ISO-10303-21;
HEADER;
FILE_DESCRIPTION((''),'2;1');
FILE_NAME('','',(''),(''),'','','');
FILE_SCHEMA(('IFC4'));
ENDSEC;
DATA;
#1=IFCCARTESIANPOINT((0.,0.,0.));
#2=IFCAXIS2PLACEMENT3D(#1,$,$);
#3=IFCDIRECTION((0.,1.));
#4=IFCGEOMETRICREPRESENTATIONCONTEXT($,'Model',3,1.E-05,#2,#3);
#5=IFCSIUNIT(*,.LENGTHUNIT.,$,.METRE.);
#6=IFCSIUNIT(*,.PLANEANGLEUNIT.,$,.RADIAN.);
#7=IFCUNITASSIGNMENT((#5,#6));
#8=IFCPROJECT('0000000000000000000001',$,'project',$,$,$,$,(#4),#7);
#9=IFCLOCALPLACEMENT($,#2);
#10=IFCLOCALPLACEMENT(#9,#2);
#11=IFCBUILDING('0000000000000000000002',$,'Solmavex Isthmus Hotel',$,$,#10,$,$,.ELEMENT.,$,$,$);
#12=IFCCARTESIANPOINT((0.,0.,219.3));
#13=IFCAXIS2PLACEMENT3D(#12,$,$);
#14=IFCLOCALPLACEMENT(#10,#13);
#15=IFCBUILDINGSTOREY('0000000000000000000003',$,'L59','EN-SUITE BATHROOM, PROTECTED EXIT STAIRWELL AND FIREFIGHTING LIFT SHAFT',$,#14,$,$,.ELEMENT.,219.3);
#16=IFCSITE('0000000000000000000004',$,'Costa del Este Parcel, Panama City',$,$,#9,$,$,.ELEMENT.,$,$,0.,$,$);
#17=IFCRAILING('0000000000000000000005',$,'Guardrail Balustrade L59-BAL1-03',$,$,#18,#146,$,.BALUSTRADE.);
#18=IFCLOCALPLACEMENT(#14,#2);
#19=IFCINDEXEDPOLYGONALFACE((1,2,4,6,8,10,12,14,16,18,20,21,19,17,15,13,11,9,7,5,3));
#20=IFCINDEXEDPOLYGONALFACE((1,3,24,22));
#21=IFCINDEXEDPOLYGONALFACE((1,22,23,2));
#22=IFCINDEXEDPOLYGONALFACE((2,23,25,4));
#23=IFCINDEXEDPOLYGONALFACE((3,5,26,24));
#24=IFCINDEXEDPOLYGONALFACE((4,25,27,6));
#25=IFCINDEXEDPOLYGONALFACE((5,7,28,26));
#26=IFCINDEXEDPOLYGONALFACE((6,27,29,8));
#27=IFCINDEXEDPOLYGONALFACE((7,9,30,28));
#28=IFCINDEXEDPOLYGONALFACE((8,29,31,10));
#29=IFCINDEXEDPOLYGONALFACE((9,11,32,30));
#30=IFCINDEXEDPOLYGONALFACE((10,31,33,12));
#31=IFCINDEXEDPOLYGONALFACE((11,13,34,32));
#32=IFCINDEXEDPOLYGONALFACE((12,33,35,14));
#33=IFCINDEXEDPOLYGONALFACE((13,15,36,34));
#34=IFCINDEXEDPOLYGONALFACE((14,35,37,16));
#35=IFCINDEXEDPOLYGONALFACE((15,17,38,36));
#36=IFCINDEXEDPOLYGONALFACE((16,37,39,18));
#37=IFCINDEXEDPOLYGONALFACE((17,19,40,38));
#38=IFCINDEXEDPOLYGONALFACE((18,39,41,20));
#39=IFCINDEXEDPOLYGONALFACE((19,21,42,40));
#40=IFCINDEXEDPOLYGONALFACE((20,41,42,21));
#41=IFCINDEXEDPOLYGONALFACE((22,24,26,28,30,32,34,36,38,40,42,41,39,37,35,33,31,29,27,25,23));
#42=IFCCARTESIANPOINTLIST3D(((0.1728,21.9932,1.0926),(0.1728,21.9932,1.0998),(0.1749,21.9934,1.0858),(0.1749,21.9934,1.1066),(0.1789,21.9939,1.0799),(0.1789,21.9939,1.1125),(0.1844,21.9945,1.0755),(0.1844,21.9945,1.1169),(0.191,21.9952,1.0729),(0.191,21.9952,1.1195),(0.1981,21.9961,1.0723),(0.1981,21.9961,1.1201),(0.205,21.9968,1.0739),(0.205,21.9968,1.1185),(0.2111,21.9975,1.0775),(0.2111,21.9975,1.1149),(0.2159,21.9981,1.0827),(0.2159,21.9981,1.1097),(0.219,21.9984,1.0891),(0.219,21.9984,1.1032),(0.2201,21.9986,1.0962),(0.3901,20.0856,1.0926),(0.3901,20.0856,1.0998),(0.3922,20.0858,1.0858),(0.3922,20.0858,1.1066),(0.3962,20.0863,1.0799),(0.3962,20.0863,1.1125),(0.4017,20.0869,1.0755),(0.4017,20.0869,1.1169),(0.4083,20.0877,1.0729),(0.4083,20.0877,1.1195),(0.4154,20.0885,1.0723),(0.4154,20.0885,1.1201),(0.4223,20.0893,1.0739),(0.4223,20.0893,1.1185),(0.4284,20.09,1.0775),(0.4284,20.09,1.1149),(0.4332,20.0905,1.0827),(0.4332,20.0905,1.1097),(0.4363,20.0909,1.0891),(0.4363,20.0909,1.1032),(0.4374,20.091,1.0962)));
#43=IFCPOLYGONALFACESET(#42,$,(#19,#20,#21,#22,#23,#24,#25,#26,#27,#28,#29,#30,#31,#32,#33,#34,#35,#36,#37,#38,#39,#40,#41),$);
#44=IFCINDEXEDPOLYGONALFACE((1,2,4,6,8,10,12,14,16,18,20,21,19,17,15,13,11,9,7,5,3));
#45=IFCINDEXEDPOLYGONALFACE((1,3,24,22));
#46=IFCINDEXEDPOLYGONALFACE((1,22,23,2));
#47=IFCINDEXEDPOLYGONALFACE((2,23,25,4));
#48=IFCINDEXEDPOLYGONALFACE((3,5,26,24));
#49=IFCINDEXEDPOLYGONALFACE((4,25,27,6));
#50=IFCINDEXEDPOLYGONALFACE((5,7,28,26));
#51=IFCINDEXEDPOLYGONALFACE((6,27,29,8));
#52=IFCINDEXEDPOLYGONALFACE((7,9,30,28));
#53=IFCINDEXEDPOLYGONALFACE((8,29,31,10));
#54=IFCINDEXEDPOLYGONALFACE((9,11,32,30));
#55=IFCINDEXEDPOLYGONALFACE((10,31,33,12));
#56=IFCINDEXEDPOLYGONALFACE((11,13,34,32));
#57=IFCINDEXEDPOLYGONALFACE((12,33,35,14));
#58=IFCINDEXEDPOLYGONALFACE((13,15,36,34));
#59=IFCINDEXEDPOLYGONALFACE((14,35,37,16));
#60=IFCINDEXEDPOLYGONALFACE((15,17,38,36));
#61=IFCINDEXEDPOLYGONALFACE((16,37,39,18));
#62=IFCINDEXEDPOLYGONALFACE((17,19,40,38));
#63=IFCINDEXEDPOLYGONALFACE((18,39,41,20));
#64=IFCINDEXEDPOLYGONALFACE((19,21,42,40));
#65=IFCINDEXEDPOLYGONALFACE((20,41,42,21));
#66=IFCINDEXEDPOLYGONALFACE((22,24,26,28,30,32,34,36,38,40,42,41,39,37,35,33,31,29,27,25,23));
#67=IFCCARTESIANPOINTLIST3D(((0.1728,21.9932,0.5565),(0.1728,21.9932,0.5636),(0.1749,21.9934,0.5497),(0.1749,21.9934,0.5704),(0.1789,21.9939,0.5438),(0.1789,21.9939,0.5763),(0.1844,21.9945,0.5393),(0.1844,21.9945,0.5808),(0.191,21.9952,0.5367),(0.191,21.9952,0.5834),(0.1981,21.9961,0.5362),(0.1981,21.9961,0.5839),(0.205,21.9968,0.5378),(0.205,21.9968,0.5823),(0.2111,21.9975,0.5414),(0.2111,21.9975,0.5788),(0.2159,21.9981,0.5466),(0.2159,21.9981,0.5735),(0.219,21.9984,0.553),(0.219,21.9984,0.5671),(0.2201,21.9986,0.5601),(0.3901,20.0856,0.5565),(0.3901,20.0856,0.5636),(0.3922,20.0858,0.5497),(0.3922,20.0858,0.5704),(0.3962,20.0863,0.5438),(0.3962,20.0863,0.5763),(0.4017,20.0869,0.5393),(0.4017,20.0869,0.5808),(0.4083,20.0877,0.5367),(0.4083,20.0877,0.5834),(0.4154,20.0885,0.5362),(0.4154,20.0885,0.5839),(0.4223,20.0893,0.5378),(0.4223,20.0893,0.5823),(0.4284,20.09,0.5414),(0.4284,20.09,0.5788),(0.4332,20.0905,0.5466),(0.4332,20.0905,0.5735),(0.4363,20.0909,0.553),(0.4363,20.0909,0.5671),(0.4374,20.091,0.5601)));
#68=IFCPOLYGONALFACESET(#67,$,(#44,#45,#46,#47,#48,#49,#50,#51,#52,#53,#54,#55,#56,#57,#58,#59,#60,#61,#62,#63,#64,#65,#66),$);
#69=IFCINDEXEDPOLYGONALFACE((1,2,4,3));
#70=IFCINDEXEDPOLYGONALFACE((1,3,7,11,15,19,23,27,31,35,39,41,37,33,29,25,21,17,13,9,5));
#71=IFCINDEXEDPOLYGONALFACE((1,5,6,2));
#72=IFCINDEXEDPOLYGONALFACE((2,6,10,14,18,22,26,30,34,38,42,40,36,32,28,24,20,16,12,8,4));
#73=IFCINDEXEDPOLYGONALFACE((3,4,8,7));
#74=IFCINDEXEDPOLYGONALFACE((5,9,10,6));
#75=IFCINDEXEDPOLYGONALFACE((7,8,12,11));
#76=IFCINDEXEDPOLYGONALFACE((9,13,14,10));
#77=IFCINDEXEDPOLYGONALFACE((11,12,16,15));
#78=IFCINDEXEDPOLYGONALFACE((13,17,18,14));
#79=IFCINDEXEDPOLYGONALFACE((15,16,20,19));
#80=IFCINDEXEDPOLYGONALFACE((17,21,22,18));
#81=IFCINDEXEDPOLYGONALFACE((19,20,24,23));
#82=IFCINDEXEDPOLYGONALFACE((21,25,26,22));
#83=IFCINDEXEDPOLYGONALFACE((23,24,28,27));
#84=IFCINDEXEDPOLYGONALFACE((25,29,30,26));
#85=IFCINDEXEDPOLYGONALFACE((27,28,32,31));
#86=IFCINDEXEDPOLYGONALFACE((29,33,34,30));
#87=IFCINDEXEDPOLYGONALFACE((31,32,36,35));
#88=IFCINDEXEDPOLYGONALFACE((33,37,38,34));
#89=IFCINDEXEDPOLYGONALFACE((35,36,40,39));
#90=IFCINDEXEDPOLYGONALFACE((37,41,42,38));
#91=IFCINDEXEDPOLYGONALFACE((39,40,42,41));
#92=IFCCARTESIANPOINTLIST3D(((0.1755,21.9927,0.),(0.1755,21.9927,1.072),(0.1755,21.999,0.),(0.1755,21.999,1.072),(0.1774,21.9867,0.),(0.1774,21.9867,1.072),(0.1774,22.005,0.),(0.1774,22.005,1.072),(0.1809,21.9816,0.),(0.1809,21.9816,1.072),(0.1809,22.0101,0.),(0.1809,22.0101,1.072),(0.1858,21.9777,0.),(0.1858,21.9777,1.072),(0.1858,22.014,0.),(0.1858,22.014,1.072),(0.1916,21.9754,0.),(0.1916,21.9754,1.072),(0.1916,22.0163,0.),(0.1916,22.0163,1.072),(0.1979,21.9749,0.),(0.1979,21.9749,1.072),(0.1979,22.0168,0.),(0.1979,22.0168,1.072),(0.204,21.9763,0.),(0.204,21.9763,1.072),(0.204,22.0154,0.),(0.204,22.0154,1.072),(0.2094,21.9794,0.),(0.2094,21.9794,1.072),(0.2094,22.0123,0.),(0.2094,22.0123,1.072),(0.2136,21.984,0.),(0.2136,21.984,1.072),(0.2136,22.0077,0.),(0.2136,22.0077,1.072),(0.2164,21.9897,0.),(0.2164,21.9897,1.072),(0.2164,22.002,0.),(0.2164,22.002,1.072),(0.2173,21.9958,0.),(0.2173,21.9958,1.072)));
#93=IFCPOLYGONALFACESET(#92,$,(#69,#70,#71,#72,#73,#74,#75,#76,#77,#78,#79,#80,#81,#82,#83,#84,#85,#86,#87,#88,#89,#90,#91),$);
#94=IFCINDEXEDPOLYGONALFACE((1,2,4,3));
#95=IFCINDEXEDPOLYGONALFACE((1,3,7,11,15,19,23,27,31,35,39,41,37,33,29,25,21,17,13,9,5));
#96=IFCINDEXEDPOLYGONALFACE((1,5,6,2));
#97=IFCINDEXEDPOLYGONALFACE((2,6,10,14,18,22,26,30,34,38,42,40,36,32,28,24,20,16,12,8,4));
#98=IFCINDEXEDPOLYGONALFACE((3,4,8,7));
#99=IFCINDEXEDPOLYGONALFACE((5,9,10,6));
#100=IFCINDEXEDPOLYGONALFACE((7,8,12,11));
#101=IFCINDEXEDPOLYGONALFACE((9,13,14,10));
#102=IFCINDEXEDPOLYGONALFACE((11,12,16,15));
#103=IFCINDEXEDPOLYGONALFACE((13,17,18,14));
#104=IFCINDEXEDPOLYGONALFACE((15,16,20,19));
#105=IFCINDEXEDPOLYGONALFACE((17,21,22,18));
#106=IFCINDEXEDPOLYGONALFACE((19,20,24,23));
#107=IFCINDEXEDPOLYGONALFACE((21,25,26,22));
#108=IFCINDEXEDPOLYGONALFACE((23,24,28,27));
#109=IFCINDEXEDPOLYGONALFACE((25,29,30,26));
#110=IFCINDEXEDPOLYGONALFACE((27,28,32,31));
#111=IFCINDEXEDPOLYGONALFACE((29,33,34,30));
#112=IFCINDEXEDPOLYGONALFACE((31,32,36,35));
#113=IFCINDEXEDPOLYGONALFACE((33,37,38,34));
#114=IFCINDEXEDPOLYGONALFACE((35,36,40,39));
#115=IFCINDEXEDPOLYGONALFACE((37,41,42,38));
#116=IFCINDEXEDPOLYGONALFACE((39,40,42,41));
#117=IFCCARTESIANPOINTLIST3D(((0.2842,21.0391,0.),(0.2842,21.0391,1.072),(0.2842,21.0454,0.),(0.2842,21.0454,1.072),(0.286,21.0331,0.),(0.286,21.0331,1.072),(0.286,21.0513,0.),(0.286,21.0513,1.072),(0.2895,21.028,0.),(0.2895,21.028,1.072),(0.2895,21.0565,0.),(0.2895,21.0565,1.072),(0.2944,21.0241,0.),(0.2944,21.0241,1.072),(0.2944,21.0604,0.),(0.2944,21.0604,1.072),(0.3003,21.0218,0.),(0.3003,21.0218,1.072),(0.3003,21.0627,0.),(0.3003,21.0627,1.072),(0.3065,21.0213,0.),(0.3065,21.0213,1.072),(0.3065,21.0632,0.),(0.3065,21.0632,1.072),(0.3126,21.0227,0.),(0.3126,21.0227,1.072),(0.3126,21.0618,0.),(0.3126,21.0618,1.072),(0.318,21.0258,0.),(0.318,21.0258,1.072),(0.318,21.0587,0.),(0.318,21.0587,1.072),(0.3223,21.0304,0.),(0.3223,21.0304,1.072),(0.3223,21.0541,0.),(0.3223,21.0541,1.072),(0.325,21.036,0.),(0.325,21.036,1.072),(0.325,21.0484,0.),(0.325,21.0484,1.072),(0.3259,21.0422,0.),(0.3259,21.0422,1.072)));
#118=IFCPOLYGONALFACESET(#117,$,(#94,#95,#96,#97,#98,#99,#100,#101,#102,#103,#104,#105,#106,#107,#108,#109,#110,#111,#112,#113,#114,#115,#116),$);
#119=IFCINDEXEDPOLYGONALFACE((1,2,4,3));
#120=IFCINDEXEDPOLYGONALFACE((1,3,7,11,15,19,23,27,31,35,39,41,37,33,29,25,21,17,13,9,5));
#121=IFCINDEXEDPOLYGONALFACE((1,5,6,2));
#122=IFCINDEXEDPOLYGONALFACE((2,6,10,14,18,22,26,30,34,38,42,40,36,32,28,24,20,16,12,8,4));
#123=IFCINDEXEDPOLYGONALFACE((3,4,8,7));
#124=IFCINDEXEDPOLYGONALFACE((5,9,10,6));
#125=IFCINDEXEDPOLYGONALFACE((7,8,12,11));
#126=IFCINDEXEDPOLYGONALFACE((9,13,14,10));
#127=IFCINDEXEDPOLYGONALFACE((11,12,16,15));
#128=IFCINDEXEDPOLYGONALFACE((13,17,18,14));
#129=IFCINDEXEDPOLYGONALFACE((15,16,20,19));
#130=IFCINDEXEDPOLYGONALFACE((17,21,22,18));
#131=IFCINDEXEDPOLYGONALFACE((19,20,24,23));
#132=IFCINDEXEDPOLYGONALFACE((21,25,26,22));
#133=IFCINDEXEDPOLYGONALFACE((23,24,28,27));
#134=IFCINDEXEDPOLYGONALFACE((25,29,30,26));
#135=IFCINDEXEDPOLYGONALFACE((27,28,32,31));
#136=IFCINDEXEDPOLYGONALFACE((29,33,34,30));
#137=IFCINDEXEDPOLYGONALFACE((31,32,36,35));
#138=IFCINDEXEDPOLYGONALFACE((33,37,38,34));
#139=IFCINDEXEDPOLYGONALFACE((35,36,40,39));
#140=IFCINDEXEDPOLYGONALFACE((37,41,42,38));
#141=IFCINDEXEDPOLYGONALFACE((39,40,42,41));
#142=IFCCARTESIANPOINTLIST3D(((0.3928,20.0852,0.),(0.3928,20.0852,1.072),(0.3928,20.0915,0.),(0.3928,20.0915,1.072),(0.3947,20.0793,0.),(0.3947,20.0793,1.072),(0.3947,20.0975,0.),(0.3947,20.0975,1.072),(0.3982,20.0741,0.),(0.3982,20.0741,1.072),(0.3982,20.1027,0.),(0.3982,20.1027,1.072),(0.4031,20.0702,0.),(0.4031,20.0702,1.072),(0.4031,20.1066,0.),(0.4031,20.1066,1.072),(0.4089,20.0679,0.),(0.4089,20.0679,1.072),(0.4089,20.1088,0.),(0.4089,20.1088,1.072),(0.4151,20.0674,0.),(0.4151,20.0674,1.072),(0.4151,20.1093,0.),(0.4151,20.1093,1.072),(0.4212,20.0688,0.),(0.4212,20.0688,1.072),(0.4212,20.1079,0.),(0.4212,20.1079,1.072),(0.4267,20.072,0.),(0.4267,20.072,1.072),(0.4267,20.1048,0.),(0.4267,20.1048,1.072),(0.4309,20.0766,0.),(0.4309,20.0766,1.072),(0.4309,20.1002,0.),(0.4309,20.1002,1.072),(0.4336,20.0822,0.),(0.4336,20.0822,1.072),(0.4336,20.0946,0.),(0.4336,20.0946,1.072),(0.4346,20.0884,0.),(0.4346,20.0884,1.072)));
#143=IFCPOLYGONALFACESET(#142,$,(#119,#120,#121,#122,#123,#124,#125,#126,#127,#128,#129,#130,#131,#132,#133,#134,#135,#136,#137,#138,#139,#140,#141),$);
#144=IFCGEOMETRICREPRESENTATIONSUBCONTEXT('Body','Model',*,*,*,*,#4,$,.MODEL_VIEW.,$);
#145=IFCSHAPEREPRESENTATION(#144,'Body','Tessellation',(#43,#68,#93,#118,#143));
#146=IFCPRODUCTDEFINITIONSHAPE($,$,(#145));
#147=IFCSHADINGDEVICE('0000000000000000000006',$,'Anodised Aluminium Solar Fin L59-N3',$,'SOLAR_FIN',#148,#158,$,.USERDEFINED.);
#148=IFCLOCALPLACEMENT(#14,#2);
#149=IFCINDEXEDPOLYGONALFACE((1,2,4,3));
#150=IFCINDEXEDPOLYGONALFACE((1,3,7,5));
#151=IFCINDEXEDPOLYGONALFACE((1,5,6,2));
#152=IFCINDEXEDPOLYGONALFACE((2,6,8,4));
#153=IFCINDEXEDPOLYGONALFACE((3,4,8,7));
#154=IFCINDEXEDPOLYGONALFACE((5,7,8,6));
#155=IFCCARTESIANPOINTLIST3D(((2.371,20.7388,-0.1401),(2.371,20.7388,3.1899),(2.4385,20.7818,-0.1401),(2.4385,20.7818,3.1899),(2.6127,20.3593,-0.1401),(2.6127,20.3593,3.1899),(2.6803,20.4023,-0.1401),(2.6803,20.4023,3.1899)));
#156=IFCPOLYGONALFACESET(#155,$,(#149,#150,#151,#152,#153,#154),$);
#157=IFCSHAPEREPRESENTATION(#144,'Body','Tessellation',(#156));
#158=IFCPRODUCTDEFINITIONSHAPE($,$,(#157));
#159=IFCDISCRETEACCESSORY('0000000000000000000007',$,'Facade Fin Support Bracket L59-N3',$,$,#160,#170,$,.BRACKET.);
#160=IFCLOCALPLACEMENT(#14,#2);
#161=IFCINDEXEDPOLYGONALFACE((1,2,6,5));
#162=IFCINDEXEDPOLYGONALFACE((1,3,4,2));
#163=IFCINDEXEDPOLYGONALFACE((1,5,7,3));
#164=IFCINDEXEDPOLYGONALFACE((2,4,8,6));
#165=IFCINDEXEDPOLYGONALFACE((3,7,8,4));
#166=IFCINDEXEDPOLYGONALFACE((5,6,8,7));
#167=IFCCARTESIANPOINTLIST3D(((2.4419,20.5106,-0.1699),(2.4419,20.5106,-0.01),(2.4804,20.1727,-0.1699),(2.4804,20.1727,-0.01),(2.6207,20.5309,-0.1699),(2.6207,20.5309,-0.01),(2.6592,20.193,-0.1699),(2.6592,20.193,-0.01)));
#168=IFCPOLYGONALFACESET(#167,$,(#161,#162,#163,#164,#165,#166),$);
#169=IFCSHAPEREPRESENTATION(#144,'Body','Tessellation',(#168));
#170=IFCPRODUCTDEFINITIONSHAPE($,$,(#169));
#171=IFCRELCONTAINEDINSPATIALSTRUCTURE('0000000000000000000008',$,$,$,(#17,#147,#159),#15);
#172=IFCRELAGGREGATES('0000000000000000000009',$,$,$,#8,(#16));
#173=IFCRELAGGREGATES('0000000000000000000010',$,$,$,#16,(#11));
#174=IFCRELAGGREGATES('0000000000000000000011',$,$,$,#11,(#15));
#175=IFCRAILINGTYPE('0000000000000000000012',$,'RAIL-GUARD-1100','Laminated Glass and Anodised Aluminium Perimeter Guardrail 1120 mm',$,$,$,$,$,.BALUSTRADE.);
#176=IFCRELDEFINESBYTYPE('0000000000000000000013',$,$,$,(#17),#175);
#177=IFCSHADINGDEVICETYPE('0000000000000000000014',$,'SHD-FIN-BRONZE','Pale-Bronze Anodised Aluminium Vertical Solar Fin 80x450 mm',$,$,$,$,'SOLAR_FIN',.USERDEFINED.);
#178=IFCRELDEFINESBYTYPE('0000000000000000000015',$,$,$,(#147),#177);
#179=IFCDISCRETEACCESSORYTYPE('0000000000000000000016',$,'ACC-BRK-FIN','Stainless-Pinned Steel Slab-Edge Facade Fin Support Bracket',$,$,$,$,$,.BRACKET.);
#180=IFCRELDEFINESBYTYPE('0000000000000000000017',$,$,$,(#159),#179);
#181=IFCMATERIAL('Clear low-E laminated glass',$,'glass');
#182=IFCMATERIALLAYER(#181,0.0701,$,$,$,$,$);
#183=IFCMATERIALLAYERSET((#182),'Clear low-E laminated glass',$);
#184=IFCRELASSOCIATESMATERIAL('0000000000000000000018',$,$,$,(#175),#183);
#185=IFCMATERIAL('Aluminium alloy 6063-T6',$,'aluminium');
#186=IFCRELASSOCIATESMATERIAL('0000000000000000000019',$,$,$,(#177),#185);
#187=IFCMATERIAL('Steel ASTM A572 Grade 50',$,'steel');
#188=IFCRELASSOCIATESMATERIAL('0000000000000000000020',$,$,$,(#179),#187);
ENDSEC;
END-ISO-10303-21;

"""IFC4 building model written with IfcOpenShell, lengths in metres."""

from ifc_helpers import new_model, si_unit, direction, frame, origin, origin_2d, place, context, subcontext, project, spatial, rectangle, circle, extrude, material, layer, layer_set, type_object, element, save


model = new_model("IFC4")

# Units and contexts
model_context = context("Model", 3, precision=1e-05, world=origin(), true_north=direction((0.0, 1.0)))
body_context = subcontext(model_context, "Body", "Model", "MODEL_VIEW")
ifc_project = project(units=[si_unit("LENGTHUNIT", "METRE"), si_unit("PLANEANGLEUNIT", "RADIAN")], contexts=[model_context])

# Site, building, storey
site_placement = place(None, origin())
site = spatial("IfcSite", under=ifc_project, at=site_placement, Name="Costa del Este Parcel, Panama City", CompositionType="ELEMENT", RefElevation=0.0)
building_placement = place(site_placement, origin())
building = spatial("IfcBuilding", under=site, at=building_placement, Name="Solmavex Isthmus Hotel", CompositionType="ELEMENT")
storey_placement = place(building_placement, frame((0.0, 0.0, 219.3)))
storey = spatial("IfcBuildingStorey", under=building, at=storey_placement, Name="L59", Description="EN-SUITE BATHROOM, PROTECTED EXIT STAIRWELL AND FIREFIGHTING LIFT SHAFT", CompositionType="ELEMENT", Elevation=219.3)

# Shared definitions
ifc_material_1 = material(Name="Aluminium alloy 6063-T6", Category="aluminium")
ifc_material_2 = material(Name="Clear low-E laminated glass", Category="glass")

# Railing
ifc_layer_1 = layer(ifc_material_2, 0.0701)
ifc_layer_set_1 = layer_set([ifc_layer_1], Name="Clear low-E laminated glass")
railing_type = type_object("IfcRailingType", Name="RAIL-GUARD-1100", Description="Laminated Glass and Anodised Aluminium Perimeter Guardrail 1120 mm", PredefinedType="BALUSTRADE", material=ifc_layer_set_1)
railing_placement = place(storey_placement, frame((0.1963, 21.9958, 0.0)))
element("IfcRailing", 1, at=railing_placement, inside=storey, type_object=railing_type, Name="Guardrail Balustrade L59-BAL1-03", PredefinedType="BALUSTRADE", context=body_context, shape_type="SweptSolid", body=[
    extrude(circle(Radius=0.0239, at=origin_2d()), frame((0.0, 0.0, 1.0962), z_axis=(0.113181, -0.993574, 0.0), x_axis=(0.993574, 0.113181, 0.0)), (0.0, 0.0, 1.0), 1.9199),
    extrude(circle(Radius=0.0239, at=origin_2d()), frame((0.0, 0.0, 0.5601), z_axis=(0.113181, -0.993574, 0.0), x_axis=(0.993574, 0.113181, 0.0)), (0.0, 0.0, 1.0), 1.9199),
    extrude(circle(Radius=0.021, at=origin_2d()), origin(), (0.0, 0.0, 1.0), 1.072),
    extrude(circle(Radius=0.021, at=origin_2d()), frame((0.1086, -0.9536, 0.0)), (0.0, 0.0, 1.0), 1.072),
    extrude(circle(Radius=0.021, at=origin_2d()), frame((0.2173, -1.9075, 0.0)), (0.0, 0.0, 1.0), 1.072),
])

# Shading device
shading_device_type = type_object("IfcShadingDeviceType", Name="SHD-FIN-BRONZE", Description="Pale-Bronze Anodised Aluminium Vertical Solar Fin 80x450 mm", ElementType="SOLAR_FIN", PredefinedType="USERDEFINED", material=ifc_material_1)
shading_device_placement = place(storey_placement, frame((2.5256, 20.5706, -0.1401), z_axis=(0.0, 0.0, 1.0), x_axis=(-0.5373, 0.843391, 0.0)))
element("IfcShadingDevice", 2, at=shading_device_placement, inside=storey, type_object=shading_device_type, Name="Anodised Aluminium Solar Fin L59-N3", ObjectType="SOLAR_FIN", PredefinedType="USERDEFINED", context=body_context, shape_type="SweptSolid", body=[
    extrude(rectangle(XDim=0.45, YDim=0.0801, at=origin_2d()), origin(), (0.0, 0.0, 1.0), 3.3301),
])

# Discrete accessory
ifc_material_3 = material(Name="Steel ASTM A572 Grade 50", Category="steel")
discrete_accessory_type = type_object("IfcDiscreteAccessoryType", Name="ACC-BRK-FIN", Description="Stainless-Pinned Steel Slab-Edge Facade Fin Support Bracket", PredefinedType="BRACKET", material=ifc_material_3)
discrete_accessory_placement = place(storey_placement, frame((2.5505, 20.3518, -0.1699), z_axis=(0.0, 0.0, 1.0), x_axis=(-0.113203, 0.993572, 0.0)))
element("IfcDiscreteAccessory", 3, at=discrete_accessory_placement, inside=storey, type_object=discrete_accessory_type, Name="Facade Fin Support Bracket L59-N3", PredefinedType="BRACKET", context=body_context, shape_type="SweptSolid", body=[
    extrude(rectangle(XDim=0.3401, YDim=0.1799, at=origin_2d()), origin(), (0.0, 0.0, 1.0), 0.1599),
])

save(model, "model.ifc")
